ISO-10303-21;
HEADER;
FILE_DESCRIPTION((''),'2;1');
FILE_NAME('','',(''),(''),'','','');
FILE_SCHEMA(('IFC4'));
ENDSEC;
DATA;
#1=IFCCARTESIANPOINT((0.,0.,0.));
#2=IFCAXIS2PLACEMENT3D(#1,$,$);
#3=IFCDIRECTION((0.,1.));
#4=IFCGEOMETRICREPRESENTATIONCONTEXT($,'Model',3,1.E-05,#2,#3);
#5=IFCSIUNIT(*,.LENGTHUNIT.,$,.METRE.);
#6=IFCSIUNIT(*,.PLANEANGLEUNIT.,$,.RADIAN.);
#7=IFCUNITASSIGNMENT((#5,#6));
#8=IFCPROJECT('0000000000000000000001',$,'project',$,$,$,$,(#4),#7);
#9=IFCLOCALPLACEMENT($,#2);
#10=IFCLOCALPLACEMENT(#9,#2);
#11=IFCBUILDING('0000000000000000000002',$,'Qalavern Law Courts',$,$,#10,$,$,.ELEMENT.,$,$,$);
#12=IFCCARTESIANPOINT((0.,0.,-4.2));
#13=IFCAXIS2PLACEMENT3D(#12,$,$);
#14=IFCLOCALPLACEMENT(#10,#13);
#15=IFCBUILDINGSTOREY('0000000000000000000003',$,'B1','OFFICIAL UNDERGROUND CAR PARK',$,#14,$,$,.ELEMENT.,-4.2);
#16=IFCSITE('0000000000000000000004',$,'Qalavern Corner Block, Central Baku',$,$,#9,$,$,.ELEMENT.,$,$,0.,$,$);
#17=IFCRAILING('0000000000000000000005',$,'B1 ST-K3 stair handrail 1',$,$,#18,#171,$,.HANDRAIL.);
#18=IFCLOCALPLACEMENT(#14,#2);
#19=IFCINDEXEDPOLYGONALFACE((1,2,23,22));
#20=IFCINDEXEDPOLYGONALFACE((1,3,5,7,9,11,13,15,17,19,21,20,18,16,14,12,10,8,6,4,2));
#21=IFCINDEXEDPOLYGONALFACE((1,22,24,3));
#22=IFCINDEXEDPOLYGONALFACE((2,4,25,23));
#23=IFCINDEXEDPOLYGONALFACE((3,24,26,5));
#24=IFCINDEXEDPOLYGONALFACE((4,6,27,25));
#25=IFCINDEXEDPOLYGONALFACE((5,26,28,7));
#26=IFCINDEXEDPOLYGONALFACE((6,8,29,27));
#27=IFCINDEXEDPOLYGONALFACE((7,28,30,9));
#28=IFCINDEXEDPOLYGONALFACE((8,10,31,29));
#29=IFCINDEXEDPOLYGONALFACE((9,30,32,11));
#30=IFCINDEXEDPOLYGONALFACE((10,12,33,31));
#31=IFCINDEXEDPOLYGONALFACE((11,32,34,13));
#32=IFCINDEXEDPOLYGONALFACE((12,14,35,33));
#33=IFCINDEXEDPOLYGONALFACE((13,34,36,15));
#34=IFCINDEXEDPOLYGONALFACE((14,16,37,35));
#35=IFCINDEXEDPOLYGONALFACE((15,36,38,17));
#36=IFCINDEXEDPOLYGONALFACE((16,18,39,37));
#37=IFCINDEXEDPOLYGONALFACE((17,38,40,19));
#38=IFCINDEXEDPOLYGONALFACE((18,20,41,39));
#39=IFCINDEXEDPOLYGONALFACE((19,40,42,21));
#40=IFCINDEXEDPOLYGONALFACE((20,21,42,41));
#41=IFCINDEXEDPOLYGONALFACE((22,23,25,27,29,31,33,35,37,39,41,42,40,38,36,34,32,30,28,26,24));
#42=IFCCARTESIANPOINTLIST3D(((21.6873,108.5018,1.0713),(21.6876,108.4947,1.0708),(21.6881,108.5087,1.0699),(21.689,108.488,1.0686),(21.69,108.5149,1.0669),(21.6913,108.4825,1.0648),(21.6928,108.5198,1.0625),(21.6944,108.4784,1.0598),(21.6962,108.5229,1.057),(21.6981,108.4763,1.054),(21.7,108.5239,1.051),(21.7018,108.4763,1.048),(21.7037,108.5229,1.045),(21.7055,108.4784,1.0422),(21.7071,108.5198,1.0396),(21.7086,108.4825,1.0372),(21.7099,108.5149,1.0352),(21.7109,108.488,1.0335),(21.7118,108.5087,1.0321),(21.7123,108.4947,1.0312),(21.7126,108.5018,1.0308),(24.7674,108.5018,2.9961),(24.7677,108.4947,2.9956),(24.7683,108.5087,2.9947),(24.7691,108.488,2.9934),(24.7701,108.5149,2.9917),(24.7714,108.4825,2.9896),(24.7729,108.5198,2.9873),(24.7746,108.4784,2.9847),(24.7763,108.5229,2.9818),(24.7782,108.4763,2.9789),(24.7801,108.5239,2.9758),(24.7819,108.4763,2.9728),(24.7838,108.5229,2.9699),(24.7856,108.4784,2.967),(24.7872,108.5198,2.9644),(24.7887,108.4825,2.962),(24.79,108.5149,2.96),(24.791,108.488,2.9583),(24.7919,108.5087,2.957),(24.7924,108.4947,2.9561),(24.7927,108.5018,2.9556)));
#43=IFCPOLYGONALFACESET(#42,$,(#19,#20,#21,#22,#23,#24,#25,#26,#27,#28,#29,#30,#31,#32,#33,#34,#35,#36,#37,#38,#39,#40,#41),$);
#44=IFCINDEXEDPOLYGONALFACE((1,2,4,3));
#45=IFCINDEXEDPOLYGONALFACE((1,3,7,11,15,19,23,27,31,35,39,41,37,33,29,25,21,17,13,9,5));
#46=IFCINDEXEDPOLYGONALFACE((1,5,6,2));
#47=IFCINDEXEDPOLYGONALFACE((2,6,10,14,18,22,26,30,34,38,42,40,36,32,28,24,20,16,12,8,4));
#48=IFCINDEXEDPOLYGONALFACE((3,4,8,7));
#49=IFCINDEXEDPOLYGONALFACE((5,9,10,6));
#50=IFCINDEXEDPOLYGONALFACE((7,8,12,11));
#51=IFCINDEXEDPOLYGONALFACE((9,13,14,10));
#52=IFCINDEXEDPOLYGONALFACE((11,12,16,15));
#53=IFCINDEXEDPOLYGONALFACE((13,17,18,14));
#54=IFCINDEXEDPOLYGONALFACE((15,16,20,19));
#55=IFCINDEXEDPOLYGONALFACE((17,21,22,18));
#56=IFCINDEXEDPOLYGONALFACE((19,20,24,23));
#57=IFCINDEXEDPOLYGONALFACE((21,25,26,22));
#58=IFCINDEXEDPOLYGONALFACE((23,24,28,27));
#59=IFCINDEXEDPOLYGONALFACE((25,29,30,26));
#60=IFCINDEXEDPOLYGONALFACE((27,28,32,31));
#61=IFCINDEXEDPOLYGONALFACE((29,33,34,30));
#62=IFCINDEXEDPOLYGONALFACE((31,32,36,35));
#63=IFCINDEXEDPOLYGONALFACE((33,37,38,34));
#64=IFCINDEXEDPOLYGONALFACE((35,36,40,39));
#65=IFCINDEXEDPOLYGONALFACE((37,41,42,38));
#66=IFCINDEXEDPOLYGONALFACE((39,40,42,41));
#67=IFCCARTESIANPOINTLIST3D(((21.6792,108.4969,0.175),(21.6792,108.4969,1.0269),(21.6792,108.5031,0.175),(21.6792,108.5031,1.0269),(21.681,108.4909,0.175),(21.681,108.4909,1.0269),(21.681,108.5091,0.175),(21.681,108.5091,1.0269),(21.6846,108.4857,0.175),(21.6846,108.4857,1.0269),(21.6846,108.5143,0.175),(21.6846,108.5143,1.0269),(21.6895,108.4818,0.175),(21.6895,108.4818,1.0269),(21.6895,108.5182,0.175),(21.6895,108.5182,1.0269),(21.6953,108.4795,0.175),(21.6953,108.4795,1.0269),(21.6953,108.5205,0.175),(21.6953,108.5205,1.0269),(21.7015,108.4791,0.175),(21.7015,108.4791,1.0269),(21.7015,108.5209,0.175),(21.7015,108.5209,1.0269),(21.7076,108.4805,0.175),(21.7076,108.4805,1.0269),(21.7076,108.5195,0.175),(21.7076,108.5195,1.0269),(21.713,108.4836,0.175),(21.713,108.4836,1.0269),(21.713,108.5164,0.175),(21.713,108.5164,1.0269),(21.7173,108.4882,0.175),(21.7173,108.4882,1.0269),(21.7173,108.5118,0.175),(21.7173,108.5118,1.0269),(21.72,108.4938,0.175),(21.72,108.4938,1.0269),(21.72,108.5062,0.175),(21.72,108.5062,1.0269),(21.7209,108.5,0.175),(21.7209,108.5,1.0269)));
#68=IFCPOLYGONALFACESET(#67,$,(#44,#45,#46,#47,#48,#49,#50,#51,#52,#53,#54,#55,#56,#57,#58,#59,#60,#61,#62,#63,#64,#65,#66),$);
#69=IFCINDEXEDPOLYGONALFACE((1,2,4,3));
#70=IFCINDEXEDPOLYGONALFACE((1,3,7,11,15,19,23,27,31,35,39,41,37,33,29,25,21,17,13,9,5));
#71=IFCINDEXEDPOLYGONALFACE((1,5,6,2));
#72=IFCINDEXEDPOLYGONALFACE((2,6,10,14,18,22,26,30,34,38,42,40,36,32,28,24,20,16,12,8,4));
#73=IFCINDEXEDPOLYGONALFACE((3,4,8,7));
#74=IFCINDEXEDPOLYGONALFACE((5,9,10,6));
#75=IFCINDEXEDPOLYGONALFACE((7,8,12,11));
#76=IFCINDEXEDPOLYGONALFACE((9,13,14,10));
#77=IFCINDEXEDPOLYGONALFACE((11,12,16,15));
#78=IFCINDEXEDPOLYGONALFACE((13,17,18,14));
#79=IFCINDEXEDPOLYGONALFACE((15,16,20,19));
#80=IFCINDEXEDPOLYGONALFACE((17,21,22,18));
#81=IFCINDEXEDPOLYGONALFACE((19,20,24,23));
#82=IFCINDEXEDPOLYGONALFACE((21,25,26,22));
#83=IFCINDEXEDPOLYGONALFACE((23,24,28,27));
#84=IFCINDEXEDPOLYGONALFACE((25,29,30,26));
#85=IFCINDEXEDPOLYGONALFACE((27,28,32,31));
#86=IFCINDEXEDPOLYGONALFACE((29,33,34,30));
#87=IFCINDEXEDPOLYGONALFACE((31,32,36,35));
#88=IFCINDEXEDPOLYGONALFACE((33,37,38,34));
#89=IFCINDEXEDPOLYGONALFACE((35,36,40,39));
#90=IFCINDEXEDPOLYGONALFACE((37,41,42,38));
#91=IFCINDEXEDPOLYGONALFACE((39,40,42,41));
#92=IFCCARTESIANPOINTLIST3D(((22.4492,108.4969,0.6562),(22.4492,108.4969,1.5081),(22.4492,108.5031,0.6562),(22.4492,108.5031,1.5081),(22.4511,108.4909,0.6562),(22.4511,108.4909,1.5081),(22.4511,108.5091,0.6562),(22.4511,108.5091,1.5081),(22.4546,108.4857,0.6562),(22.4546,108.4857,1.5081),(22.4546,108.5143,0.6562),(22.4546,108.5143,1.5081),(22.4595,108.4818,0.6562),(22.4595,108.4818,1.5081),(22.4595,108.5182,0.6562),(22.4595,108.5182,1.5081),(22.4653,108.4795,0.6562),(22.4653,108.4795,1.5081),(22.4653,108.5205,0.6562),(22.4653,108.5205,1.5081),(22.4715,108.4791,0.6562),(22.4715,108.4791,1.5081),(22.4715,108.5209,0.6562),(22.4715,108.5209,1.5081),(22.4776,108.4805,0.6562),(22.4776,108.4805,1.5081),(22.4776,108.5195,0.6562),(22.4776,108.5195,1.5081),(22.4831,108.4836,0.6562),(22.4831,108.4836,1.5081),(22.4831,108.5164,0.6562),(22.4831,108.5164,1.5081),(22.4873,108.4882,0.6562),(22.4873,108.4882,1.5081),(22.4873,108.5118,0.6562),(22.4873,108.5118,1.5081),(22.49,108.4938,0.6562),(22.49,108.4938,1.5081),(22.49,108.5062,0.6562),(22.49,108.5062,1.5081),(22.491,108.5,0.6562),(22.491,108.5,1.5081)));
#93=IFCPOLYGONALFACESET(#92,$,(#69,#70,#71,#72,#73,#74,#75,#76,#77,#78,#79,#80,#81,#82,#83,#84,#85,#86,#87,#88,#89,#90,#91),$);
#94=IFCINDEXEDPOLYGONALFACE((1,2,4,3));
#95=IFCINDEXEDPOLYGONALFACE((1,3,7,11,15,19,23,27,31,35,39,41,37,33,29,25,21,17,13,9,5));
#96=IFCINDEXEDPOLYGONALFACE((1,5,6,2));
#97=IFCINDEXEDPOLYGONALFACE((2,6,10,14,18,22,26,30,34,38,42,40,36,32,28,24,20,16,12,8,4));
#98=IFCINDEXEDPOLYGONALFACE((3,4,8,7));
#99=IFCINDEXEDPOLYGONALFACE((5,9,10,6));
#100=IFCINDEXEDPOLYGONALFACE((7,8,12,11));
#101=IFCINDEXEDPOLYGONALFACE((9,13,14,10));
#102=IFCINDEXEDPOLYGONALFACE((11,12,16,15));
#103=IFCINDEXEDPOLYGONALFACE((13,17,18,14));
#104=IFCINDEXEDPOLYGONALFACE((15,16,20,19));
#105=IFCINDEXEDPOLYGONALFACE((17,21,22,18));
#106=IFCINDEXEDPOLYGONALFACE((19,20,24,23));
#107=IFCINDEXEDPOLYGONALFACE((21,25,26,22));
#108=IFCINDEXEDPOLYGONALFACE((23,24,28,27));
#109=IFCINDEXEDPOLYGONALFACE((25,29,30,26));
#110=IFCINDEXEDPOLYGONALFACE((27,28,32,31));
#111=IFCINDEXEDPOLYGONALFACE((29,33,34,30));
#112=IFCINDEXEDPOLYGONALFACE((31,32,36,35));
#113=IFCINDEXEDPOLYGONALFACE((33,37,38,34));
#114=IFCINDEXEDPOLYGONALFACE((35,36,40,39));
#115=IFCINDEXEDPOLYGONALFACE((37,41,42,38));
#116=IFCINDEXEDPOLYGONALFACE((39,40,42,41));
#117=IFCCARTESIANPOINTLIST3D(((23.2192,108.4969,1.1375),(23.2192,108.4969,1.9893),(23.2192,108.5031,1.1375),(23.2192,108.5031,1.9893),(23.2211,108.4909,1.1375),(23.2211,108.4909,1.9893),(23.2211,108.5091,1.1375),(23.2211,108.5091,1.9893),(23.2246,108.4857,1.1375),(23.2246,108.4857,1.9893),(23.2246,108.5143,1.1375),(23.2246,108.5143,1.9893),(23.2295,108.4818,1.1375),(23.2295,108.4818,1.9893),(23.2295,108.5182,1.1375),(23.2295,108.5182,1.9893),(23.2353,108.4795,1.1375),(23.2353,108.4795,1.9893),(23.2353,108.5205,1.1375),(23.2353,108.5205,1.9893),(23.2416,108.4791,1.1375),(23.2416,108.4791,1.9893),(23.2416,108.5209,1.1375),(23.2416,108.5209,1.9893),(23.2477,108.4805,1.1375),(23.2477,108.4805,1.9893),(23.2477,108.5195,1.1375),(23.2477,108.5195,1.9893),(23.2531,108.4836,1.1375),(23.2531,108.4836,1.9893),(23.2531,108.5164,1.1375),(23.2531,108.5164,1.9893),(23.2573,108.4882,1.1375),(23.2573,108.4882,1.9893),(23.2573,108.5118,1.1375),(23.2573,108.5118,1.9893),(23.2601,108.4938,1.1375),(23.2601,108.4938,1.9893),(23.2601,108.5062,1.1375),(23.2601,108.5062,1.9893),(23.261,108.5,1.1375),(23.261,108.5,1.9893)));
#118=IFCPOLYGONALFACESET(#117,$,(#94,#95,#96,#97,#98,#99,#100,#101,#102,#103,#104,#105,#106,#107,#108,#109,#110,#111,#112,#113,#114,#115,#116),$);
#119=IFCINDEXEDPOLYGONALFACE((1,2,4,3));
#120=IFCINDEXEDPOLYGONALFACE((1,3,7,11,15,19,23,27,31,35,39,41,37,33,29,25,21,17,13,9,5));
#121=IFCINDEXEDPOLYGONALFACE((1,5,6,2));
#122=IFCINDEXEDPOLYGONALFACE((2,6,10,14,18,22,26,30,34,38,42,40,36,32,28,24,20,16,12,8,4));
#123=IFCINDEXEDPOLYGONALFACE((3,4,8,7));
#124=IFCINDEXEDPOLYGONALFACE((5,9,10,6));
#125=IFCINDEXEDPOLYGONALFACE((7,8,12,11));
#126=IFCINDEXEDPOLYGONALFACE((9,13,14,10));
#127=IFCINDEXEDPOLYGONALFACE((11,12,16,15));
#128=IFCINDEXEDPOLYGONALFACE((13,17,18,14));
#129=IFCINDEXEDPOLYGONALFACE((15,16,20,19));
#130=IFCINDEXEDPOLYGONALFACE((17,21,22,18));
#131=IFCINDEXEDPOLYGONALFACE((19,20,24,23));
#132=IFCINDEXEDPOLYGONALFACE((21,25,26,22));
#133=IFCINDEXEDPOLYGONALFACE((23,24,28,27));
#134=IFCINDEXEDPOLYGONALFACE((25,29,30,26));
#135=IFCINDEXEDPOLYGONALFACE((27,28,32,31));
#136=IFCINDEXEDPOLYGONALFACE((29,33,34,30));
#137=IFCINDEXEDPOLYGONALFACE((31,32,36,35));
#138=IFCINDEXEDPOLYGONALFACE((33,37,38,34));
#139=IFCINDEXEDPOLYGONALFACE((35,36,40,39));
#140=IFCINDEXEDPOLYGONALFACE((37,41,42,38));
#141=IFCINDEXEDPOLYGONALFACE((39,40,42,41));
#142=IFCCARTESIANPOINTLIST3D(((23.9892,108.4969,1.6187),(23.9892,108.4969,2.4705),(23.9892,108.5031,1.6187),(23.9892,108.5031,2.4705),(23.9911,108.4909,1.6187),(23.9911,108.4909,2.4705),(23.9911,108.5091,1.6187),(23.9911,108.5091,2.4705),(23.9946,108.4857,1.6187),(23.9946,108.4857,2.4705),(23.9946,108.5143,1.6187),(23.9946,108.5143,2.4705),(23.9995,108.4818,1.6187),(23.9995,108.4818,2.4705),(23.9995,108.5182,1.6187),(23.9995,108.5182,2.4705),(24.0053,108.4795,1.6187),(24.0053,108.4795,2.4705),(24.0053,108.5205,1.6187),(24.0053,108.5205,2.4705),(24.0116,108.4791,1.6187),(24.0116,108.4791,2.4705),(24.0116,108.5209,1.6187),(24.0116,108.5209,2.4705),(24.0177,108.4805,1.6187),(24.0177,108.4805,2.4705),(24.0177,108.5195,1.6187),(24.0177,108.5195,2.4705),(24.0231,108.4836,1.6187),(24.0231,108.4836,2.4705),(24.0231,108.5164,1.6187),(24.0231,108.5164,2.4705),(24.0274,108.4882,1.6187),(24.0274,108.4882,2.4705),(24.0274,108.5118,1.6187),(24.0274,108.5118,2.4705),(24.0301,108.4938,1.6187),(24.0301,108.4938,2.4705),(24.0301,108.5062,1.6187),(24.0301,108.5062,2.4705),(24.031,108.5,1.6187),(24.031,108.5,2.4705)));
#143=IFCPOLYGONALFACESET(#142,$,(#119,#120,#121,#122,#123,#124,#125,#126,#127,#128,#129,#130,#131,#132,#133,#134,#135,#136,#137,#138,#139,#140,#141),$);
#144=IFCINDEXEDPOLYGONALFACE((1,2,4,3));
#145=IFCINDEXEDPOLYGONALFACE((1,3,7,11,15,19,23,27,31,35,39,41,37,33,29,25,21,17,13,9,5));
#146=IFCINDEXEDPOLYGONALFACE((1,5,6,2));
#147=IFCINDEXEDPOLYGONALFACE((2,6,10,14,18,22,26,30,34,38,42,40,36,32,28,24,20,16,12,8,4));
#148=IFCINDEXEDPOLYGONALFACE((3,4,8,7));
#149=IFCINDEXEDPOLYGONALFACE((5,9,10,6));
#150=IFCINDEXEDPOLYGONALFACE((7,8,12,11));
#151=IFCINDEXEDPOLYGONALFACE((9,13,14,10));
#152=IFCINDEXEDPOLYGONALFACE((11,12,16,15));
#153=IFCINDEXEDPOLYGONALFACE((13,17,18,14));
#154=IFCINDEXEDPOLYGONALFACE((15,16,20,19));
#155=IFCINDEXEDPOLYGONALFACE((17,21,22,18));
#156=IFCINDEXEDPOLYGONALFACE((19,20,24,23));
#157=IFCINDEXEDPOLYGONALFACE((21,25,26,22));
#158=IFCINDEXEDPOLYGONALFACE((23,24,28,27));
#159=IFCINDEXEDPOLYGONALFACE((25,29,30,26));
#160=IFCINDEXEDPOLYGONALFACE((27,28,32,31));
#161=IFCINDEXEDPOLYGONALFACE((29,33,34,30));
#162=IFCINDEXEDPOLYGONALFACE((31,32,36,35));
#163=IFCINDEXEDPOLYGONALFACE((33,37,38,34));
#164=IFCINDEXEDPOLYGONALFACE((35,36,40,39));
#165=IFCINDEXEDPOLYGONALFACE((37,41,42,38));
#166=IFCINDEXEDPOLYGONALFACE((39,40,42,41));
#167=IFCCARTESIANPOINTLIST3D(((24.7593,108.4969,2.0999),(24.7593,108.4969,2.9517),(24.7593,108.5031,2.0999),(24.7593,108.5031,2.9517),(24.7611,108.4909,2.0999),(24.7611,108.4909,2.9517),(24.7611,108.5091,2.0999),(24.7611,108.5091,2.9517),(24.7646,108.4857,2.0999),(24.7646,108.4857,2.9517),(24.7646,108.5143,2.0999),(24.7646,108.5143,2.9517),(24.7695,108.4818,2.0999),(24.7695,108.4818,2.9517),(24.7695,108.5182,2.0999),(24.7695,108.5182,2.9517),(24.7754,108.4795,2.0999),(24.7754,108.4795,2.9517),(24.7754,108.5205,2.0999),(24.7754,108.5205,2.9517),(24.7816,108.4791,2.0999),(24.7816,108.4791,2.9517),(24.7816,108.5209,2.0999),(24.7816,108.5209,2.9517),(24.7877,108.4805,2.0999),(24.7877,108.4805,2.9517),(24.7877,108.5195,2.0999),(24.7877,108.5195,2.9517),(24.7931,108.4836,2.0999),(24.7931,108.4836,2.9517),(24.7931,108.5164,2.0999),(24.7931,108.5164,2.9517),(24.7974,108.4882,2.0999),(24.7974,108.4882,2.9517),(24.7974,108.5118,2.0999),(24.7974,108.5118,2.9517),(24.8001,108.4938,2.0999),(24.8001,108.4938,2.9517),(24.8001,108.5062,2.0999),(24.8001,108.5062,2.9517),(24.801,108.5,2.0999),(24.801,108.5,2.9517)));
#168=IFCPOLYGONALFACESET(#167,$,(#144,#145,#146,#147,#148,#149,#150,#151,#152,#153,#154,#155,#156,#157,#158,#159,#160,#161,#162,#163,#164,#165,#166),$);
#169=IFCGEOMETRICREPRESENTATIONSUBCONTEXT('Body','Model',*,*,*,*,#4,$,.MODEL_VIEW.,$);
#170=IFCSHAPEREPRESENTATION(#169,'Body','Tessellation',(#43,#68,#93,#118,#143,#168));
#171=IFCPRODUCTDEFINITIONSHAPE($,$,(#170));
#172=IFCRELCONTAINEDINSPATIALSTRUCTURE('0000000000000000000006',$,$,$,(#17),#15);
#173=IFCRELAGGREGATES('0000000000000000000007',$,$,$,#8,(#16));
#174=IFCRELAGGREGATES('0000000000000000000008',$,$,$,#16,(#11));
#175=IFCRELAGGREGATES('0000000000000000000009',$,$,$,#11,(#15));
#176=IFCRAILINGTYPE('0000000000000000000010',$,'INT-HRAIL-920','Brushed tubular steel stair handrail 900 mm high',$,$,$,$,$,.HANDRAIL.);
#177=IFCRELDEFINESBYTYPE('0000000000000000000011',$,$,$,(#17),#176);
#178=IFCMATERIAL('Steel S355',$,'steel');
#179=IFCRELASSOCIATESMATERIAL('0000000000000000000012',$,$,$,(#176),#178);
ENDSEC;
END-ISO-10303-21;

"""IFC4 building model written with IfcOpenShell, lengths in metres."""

from ifc_helpers import new_model, si_unit, direction, frame, origin, origin_2d, place, context, subcontext, project, spatial, circle, extrude, material, type_object, element, save


model = new_model("IFC4")

# Units and contexts
model_context = context("Model", 3, precision=1e-05, world=origin(), true_north=direction((0.0, 1.0)))
body_context = subcontext(model_context, "Body", "Model", "MODEL_VIEW")
ifc_project = project(units=[si_unit("LENGTHUNIT", "METRE"), si_unit("PLANEANGLEUNIT", "RADIAN")], contexts=[model_context])

# Site, building, storey
site_placement = place(None, origin())
site = spatial("IfcSite", under=ifc_project, at=site_placement, Name="Qalavern Corner Block, Central Baku", CompositionType="ELEMENT", RefElevation=0.0)
building_placement = place(site_placement, origin())
building = spatial("IfcBuilding", under=site, at=building_placement, Name="Qalavern Law Courts", CompositionType="ELEMENT")
storey_placement = place(building_placement, frame((0.0, 0.0, -4.2)))
storey = spatial("IfcBuildingStorey", under=building, at=storey_placement, Name="B1", Description="OFFICIAL UNDERGROUND CAR PARK", CompositionType="ELEMENT", Elevation=-4.2)

# Shared definitions
ifc_material_1 = material(Name="Steel S355", Category="steel")

# Railing
railing_type_1 = type_object("IfcRailingType", Name="INT-HRAIL-920", Description="Brushed tubular steel stair handrail 900 mm high", PredefinedType="HANDRAIL", material=ifc_material_1)
railing_1_placement = place(storey_placement, frame((21.7, 108.5, 0.175)))
element("IfcRailing", 1, at=railing_1_placement, inside=storey, type_object=railing_type_1, Name="B1 ST-K3 stair handrail 1", PredefinedType="HANDRAIL", context=body_context, shape_type="SweptSolid", body=[
    extrude(circle(Radius=0.0239, at=origin_2d()), frame((0.0, 0.0, 0.876), z_axis=(0.848029, 0.0, 0.529951), x_axis=(0.0, 1.0, 0.0)), (0.0, 0.0, 1.0), 3.6321),
    extrude(circle(Radius=0.021, at=origin_2d()), origin(), (0.0, 0.0, 1.0), 0.8518),
    extrude(circle(Radius=0.021, at=origin_2d()), frame((0.77, 0.0, 0.4812)), (0.0, 0.0, 1.0), 0.8518),
    extrude(circle(Radius=0.021, at=origin_2d()), frame((1.54, 0.0, 0.9624)), (0.0, 0.0, 1.0), 0.8518),
    extrude(circle(Radius=0.021, at=origin_2d()), frame((2.3101, 0.0, 1.4436)), (0.0, 0.0, 1.0), 0.8518),
    extrude(circle(Radius=0.021, at=origin_2d()), frame((3.0801, 0.0, 1.9248)), (0.0, 0.0, 1.0), 0.8518),
])

save(model, "model.ifc")
